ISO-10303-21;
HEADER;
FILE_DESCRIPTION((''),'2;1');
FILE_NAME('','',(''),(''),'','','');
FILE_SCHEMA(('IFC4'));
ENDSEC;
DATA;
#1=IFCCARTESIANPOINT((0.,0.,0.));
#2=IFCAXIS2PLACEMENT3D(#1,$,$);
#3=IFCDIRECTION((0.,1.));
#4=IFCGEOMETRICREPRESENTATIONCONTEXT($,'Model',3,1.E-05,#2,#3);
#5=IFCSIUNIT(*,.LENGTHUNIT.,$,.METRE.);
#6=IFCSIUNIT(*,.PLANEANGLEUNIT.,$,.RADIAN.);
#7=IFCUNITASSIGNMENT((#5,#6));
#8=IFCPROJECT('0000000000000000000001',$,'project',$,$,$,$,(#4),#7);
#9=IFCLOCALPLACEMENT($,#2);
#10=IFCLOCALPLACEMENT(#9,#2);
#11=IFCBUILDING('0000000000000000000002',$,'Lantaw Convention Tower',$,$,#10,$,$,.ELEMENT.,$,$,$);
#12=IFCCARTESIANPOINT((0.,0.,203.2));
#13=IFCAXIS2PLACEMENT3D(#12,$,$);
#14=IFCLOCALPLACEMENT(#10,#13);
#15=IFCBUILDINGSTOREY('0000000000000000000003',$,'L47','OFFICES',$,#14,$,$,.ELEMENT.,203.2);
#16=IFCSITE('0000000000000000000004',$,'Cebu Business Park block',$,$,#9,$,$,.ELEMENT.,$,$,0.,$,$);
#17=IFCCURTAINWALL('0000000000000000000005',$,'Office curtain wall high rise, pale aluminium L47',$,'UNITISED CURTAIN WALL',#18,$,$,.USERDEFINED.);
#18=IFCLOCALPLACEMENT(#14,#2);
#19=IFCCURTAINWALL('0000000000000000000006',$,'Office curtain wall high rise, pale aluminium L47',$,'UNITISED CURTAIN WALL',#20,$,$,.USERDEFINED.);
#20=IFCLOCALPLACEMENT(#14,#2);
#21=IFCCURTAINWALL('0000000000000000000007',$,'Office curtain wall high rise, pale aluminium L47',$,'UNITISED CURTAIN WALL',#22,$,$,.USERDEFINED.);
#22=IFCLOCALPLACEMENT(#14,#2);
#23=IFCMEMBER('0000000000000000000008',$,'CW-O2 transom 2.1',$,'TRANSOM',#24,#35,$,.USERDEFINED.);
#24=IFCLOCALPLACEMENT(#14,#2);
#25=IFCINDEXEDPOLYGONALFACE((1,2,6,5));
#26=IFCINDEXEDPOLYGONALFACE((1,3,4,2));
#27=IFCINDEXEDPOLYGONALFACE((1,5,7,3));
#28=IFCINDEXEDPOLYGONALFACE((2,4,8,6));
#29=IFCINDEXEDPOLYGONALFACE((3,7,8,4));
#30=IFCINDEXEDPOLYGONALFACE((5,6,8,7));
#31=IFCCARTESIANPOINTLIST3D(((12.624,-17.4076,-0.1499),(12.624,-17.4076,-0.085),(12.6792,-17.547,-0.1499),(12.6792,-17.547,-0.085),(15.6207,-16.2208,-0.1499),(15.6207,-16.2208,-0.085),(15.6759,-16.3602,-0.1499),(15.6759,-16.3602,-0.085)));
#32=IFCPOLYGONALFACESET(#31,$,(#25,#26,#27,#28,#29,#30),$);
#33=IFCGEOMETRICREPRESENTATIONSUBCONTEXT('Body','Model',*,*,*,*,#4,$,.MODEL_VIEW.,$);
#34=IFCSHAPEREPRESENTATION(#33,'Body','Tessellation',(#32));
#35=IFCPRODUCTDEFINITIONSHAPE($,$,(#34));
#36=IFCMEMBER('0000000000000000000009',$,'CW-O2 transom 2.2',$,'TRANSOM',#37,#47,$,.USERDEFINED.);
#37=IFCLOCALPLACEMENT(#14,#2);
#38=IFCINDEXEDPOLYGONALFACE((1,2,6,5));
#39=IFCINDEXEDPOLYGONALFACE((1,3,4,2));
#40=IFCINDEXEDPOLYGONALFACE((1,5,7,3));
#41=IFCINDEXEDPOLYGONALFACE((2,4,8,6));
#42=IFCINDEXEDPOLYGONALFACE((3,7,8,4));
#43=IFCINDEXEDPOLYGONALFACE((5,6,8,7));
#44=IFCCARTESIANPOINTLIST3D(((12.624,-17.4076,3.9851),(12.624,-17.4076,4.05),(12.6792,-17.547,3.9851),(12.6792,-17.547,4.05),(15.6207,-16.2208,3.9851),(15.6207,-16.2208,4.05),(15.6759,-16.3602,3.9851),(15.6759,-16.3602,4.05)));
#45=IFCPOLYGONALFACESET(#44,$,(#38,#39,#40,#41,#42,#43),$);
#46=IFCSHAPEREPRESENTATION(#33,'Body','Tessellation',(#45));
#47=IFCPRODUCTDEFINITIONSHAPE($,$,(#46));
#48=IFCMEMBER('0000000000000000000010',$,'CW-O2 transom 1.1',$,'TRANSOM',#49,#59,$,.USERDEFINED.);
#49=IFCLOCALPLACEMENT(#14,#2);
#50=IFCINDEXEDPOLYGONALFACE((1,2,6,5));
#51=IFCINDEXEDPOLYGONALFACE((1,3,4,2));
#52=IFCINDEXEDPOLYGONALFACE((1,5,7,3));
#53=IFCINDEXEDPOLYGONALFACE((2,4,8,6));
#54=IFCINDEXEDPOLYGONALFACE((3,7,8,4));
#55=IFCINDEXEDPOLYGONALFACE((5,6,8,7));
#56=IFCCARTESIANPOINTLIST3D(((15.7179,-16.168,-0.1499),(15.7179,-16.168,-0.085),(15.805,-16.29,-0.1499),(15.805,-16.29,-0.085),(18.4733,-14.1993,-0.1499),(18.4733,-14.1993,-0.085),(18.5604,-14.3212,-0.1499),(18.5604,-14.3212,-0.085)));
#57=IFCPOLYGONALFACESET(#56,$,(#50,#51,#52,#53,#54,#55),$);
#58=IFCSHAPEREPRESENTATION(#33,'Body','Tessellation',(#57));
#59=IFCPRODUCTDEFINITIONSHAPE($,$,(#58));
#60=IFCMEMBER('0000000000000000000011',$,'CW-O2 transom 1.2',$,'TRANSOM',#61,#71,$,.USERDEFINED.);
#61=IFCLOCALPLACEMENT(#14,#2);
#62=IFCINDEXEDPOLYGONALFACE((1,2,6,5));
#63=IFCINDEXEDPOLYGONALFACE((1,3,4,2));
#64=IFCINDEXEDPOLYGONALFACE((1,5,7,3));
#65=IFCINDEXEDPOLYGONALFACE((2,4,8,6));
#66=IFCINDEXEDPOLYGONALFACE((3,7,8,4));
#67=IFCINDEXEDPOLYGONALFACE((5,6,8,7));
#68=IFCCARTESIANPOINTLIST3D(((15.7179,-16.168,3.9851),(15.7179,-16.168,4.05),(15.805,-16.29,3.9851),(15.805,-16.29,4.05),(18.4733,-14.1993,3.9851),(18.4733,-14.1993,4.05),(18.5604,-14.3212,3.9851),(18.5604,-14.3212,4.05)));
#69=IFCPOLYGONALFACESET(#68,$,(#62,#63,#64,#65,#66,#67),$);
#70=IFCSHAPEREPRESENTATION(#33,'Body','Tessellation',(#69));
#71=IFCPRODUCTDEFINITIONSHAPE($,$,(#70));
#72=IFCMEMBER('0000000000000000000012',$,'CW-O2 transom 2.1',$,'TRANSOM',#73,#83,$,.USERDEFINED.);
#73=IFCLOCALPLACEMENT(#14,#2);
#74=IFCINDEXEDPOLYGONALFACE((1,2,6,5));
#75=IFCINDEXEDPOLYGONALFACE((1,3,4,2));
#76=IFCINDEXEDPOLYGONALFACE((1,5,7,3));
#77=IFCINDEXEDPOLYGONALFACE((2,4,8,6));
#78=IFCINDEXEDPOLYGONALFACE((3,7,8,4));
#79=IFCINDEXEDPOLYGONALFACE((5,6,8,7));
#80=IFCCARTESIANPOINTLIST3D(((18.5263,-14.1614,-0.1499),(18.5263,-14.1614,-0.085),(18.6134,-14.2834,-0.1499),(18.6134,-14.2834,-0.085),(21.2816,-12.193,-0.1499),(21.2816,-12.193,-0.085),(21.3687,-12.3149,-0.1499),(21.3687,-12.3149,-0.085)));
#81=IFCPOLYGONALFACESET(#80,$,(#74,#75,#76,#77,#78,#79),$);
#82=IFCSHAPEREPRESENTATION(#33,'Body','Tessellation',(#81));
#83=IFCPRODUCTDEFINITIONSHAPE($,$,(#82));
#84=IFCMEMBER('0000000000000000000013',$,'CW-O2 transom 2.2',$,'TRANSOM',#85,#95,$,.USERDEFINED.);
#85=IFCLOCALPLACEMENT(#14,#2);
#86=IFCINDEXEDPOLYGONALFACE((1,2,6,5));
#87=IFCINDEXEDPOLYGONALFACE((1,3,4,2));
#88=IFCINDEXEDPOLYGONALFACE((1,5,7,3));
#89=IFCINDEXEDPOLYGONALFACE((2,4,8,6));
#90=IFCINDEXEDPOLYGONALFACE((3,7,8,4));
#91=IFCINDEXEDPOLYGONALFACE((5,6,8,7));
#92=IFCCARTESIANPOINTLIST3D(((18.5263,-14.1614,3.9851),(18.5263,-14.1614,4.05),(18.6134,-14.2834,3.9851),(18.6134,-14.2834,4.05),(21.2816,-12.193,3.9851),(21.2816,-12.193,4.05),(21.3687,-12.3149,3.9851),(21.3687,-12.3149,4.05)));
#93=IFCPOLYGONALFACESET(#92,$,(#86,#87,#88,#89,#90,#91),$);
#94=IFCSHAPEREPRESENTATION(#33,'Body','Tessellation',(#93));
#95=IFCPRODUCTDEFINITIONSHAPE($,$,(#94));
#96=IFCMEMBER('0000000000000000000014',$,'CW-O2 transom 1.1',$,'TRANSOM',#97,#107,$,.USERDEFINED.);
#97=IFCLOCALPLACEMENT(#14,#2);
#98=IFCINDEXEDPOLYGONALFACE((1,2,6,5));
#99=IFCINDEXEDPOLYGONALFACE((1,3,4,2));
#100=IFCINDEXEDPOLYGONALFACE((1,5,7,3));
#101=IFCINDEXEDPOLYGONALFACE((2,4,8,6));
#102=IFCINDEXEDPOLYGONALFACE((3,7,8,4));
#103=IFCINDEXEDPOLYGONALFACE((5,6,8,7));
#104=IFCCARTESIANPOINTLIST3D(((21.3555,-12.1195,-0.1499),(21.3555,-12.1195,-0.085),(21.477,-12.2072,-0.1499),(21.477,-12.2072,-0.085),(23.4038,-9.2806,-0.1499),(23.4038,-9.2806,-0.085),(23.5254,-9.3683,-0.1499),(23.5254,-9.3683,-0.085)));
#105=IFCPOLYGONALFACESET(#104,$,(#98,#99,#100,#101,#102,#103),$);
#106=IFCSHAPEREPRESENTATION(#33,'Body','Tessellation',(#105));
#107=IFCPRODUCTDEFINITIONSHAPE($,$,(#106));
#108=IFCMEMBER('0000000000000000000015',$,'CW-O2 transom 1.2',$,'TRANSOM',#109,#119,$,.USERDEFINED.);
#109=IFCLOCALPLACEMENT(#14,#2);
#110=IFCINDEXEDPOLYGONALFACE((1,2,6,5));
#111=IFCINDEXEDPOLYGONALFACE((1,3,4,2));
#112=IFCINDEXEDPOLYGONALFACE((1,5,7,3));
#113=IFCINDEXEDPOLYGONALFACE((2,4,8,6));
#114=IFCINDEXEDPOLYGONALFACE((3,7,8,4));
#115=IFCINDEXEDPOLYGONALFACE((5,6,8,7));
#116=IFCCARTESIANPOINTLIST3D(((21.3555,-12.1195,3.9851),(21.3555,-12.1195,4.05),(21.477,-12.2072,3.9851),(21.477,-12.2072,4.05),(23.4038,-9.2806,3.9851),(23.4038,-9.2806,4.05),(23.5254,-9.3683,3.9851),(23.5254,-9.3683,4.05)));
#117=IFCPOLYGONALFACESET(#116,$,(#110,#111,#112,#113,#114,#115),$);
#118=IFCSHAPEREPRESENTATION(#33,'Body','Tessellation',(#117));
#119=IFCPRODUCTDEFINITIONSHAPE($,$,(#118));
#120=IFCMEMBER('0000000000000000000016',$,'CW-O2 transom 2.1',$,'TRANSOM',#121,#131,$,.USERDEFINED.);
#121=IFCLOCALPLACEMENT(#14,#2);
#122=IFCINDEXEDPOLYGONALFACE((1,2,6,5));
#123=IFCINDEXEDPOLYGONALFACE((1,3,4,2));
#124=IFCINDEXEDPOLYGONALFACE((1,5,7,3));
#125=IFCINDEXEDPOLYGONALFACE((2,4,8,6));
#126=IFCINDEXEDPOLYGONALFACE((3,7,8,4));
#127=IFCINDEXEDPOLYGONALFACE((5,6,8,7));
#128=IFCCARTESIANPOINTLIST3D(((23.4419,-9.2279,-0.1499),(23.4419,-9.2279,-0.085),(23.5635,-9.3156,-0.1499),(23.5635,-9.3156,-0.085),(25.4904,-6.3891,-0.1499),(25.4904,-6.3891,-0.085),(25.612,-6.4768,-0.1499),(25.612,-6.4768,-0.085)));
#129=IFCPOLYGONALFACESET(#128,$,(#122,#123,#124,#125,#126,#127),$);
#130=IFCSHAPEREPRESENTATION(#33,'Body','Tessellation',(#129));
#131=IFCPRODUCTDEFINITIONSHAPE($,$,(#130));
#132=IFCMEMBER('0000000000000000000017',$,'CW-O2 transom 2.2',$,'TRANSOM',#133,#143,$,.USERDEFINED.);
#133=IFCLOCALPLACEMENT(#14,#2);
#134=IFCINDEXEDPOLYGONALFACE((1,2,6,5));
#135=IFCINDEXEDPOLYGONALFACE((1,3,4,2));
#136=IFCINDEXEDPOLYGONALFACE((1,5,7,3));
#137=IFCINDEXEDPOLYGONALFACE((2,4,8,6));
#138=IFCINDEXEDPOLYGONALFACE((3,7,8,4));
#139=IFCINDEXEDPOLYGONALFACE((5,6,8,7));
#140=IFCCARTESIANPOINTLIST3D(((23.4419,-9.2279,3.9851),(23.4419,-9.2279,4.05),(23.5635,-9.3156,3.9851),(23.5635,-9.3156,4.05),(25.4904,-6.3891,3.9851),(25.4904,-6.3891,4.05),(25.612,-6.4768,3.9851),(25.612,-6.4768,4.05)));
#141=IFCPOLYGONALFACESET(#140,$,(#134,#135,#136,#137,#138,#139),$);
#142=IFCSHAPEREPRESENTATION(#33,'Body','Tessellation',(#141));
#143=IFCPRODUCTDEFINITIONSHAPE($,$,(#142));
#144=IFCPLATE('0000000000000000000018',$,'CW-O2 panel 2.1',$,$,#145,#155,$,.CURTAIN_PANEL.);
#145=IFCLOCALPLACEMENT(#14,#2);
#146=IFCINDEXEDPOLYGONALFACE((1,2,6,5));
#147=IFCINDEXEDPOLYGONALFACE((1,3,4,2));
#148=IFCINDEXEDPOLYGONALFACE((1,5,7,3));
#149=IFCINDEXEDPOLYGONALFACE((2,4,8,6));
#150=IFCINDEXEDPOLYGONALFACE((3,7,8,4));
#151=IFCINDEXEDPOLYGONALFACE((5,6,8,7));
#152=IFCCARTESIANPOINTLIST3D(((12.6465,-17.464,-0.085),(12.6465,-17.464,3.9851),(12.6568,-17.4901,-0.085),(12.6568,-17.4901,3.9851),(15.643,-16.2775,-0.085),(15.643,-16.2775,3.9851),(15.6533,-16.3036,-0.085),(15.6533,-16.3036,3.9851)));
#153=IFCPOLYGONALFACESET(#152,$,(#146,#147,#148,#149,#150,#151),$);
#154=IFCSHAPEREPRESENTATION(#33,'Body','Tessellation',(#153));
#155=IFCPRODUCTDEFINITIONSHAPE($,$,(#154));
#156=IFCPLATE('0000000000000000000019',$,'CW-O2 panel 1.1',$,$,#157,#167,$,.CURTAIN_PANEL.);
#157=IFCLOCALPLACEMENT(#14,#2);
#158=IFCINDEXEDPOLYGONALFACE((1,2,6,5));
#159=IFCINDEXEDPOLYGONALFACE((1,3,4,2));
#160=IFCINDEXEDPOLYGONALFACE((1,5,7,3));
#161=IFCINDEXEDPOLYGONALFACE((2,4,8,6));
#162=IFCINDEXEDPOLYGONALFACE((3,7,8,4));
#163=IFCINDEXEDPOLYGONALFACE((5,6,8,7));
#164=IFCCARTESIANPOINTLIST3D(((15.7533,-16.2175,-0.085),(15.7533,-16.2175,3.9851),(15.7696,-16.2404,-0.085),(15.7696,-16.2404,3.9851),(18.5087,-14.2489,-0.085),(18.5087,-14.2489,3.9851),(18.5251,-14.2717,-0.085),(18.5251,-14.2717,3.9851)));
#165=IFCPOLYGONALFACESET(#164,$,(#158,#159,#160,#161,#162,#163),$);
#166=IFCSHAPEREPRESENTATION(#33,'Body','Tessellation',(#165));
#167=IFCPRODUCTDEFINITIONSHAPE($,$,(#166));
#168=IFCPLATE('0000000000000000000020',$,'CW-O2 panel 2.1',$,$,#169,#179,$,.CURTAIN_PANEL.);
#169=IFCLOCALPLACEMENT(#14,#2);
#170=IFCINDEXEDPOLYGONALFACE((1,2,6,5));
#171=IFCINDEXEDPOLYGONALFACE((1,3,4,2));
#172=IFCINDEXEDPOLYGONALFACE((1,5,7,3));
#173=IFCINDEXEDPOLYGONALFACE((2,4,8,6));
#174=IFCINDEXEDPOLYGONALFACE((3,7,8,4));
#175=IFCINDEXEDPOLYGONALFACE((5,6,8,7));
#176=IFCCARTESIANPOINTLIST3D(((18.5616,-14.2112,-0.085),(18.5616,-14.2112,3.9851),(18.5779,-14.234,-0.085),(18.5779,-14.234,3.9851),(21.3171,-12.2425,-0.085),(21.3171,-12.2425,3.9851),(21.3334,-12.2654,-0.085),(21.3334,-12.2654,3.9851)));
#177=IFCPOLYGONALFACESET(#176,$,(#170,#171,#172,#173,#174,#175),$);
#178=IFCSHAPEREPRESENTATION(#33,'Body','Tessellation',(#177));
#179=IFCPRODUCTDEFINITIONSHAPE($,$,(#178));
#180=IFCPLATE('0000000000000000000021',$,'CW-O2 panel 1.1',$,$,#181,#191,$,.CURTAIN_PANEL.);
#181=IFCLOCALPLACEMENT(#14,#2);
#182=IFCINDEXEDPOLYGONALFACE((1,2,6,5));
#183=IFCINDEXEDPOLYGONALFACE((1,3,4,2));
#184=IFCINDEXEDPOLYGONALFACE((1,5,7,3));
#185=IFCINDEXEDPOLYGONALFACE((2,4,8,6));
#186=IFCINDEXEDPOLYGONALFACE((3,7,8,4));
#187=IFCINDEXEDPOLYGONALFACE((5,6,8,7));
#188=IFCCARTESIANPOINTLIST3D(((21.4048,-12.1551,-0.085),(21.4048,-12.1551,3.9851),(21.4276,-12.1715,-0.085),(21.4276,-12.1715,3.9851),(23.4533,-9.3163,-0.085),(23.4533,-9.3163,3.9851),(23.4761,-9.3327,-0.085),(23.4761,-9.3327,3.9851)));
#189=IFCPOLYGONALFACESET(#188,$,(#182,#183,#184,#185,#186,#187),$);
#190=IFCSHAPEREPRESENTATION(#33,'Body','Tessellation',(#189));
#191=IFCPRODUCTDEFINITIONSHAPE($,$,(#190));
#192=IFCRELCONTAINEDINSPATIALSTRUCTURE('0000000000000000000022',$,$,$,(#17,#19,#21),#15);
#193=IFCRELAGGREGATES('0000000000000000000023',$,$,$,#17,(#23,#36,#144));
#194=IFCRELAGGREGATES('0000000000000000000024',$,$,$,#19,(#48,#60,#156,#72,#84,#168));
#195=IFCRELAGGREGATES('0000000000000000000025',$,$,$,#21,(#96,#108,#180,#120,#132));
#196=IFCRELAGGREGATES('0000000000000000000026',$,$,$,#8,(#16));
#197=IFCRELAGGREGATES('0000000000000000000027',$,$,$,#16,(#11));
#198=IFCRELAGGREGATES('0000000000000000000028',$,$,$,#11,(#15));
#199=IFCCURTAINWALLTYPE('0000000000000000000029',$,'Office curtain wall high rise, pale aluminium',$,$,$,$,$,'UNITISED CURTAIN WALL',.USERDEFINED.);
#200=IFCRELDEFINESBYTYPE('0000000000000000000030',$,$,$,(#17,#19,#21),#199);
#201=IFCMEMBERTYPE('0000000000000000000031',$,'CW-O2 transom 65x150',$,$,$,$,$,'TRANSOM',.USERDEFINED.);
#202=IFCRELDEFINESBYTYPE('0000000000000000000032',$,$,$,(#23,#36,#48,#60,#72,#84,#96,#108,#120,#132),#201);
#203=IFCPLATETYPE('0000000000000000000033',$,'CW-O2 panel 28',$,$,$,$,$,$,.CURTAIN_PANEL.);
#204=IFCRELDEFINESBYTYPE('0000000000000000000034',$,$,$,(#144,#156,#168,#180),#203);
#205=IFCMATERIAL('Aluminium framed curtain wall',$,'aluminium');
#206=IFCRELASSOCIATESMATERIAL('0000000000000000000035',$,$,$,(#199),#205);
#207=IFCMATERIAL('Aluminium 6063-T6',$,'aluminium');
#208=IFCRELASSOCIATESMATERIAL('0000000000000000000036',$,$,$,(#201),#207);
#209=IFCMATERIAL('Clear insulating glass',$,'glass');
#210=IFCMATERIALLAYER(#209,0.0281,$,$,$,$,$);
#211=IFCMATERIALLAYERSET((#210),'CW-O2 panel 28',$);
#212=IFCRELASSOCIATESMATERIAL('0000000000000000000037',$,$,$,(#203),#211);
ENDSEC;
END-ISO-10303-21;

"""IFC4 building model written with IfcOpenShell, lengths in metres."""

from ifc_helpers import new_model, si_unit, direction, frame, origin, origin_2d, place, context, subcontext, project, spatial, rectangle, extrude, material, layer, layer_set, material_profile, profile_set, type_object, element, aggregate, save


model = new_model("IFC4")

# Units and contexts
model_context = context("Model", 3, precision=1e-05, world=origin(), true_north=direction((0.0, 1.0)))
body_context = subcontext(model_context, "Body", "Model", "MODEL_VIEW")
ifc_project = project(units=[si_unit("LENGTHUNIT", "METRE"), si_unit("PLANEANGLEUNIT", "RADIAN")], contexts=[model_context])

# Site, building, storey
site_placement = place(None, origin())
site = spatial("IfcSite", under=ifc_project, at=site_placement, Name="Cebu Business Park block", CompositionType="ELEMENT", RefElevation=0.0)
building_placement = place(site_placement, origin())
building = spatial("IfcBuilding", under=site, at=building_placement, Name="Lantaw Convention Tower", CompositionType="ELEMENT")
storey_placement = place(building_placement, frame((0.0, 0.0, 203.2)))
storey = spatial("IfcBuildingStorey", under=building, at=storey_placement, Name="L47", Description="OFFICES", CompositionType="ELEMENT", Elevation=203.2)

# Curtain walls
ifc_material_1 = material(Name="Aluminium framed curtain wall", Category="aluminium")
curtain_wall_type = type_object("IfcCurtainWallType", Name="Office curtain wall high rise, pale aluminium", ElementType="UNITISED CURTAIN WALL", PredefinedType="USERDEFINED", material=ifc_material_1)
curtain_wall_1_placement = place(storey_placement, origin())
curtain_wall_1 = element("IfcCurtainWall", 1, at=curtain_wall_1_placement, inside=storey, type_object=curtain_wall_type, Name="Office curtain wall high rise, pale aluminium L47", ObjectType="UNITISED CURTAIN WALL", PredefinedType="USERDEFINED")
ifc_material_2 = material(Name="Aluminium 6063-T6", Category="aluminium")
curtain_wall_2_placement = place(storey_placement, origin())
curtain_wall_2 = element("IfcCurtainWall", 2, at=curtain_wall_2_placement, inside=storey, type_object=curtain_wall_type, Name="Office curtain wall high rise, pale aluminium L47", ObjectType="UNITISED CURTAIN WALL", PredefinedType="USERDEFINED")
curtain_wall_3_placement = place(storey_placement, origin())
curtain_wall_3 = element("IfcCurtainWall", 3, at=curtain_wall_3_placement, inside=storey, type_object=curtain_wall_type, Name="Office curtain wall high rise, pale aluminium L47", ObjectType="UNITISED CURTAIN WALL", PredefinedType="USERDEFINED")

# Members
ifc_material_profile_1 = material_profile(ifc_material_2, rectangle(XDim=0.1499, YDim=0.0649, at=origin_2d()), Name="CW-O2 transom 65x150")
ifc_profile_set_1 = profile_set([ifc_material_profile_1], Name="Aluminium 6063-T6")
member_type_1 = type_object("IfcMemberType", Name="CW-O2 transom 65x150", ElementType="TRANSOM", PredefinedType="USERDEFINED", material=ifc_profile_set_1)
member_1_placement = place(storey_placement, frame((12.6516, -17.4773, -0.1174), z_axis=(0.929741, 0.368215, 0.0), x_axis=(-0.368215, 0.929741, 0.0)))
member_1 = element("IfcMember", 4, at=member_1_placement, type_object=member_type_1, Name="CW-O2 transom 2.1", ObjectType="TRANSOM", PredefinedType="USERDEFINED", context=body_context, shape_type="SweptSolid", body=[
    extrude(rectangle(XDim=0.1499, YDim=0.0649, at=origin_2d()), origin(), (0.0, 0.0, 1.0), 3.2231),
])
member_2_placement = place(storey_placement, frame((12.6516, -17.4773, 4.0176), z_axis=(0.929741, 0.368215, 0.0), x_axis=(-0.368215, 0.929741, 0.0)))
member_2 = element("IfcMember", 5, at=member_2_placement, type_object=member_type_1, Name="CW-O2 transom 2.2", ObjectType="TRANSOM", PredefinedType="USERDEFINED", context=body_context, shape_type="SweptSolid", body=[
    extrude(rectangle(XDim=0.1499, YDim=0.0649, at=origin_2d()), origin(), (0.0, 0.0, 1.0), 3.2231),
])
member_3_placement = place(storey_placement, frame((15.7615, -16.229, -0.1174), z_axis=(0.813646, 0.581361, 0.0), x_axis=(-0.581361, 0.813646, 0.0)))
member_3 = element("IfcMember", 6, at=member_3_placement, type_object=member_type_1, Name="CW-O2 transom 1.1", ObjectType="TRANSOM", PredefinedType="USERDEFINED", context=body_context, shape_type="SweptSolid", body=[
    extrude(rectangle(XDim=0.1499, YDim=0.0649, at=origin_2d()), origin(), (0.0, 0.0, 1.0), 3.3865),
])
member_4_placement = place(storey_placement, frame((15.7615, -16.229, 4.0176), z_axis=(0.813646, 0.581361, 0.0), x_axis=(-0.581361, 0.813646, 0.0)))
member_4 = element("IfcMember", 7, at=member_4_placement, type_object=member_type_1, Name="CW-O2 transom 1.2", ObjectType="TRANSOM", PredefinedType="USERDEFINED", context=body_context, shape_type="SweptSolid", body=[
    extrude(rectangle(XDim=0.1499, YDim=0.0649, at=origin_2d()), origin(), (0.0, 0.0, 1.0), 3.3865),
])
member_5_placement = place(storey_placement, frame((18.5698, -14.2224, -0.1174), z_axis=(0.81368, 0.581313, 0.0), x_axis=(-0.581313, 0.81368, 0.0)))
member_5 = element("IfcMember", 8, at=member_5_placement, type_object=member_type_1, Name="CW-O2 transom 2.1", ObjectType="TRANSOM", PredefinedType="USERDEFINED", context=body_context, shape_type="SweptSolid", body=[
    extrude(rectangle(XDim=0.1499, YDim=0.0649, at=origin_2d()), origin(), (0.0, 0.0, 1.0), 3.3862),
])
member_6_placement = place(storey_placement, frame((18.5698, -14.2224, 4.0176), z_axis=(0.81368, 0.581313, 0.0), x_axis=(-0.581313, 0.81368, 0.0)))
member_6 = element("IfcMember", 9, at=member_6_placement, type_object=member_type_1, Name="CW-O2 transom 2.2", ObjectType="TRANSOM", PredefinedType="USERDEFINED", context=body_context, shape_type="SweptSolid", body=[
    extrude(rectangle(XDim=0.1499, YDim=0.0649, at=origin_2d()), origin(), (0.0, 0.0, 1.0), 3.3862),
])
member_7_placement = place(storey_placement, frame((21.4163, -12.1633, -0.1174), z_axis=(0.585124, 0.810944, 0.0), x_axis=(-0.810944, 0.585124, 0.0)))
member_7 = element("IfcMember", 10, at=member_7_placement, type_object=member_type_1, Name="CW-O2 transom 1.1", ObjectType="TRANSOM", PredefinedType="USERDEFINED", context=body_context, shape_type="SweptSolid", body=[
    extrude(rectangle(XDim=0.1499, YDim=0.0649, at=origin_2d()), origin(), (0.0, 0.0, 1.0), 3.5007),
])
member_8_placement = place(storey_placement, frame((21.4163, -12.1633, 4.0176), z_axis=(0.585124, 0.810944, 0.0), x_axis=(-0.810944, 0.585124, 0.0)))
member_8 = element("IfcMember", 11, at=member_8_placement, type_object=member_type_1, Name="CW-O2 transom 1.2", ObjectType="TRANSOM", PredefinedType="USERDEFINED", context=body_context, shape_type="SweptSolid", body=[
    extrude(rectangle(XDim=0.1499, YDim=0.0649, at=origin_2d()), origin(), (0.0, 0.0, 1.0), 3.5007),
])
member_9_placement = place(storey_placement, frame((23.5027, -9.2717, -0.1174), z_axis=(0.58517, 0.810911, 0.0), x_axis=(-0.810911, 0.58517, 0.0)))
member_9 = element("IfcMember", 12, at=member_9_placement, type_object=member_type_1, Name="CW-O2 transom 2.1", ObjectType="TRANSOM", PredefinedType="USERDEFINED", context=body_context, shape_type="SweptSolid", body=[
    extrude(rectangle(XDim=0.1499, YDim=0.0649, at=origin_2d()), origin(), (0.0, 0.0, 1.0), 3.5007),
])
member_10_placement = place(storey_placement, frame((23.5027, -9.2717, 4.0176), z_axis=(0.58517, 0.810911, 0.0), x_axis=(-0.810911, 0.58517, 0.0)))
member_10 = element("IfcMember", 13, at=member_10_placement, type_object=member_type_1, Name="CW-O2 transom 2.2", ObjectType="TRANSOM", PredefinedType="USERDEFINED", context=body_context, shape_type="SweptSolid", body=[
    extrude(rectangle(XDim=0.1499, YDim=0.0649, at=origin_2d()), origin(), (0.0, 0.0, 1.0), 3.5007),
])

# Plates
ifc_material_3 = material(Name="Clear insulating glass", Category="glass")
ifc_layer_1 = layer(ifc_material_3, 0.0281)
ifc_layer_set_1 = layer_set([ifc_layer_1], Name="CW-O2 panel 28")
plate_type_1 = type_object("IfcPlateType", Name="CW-O2 panel 28", PredefinedType="CURTAIN_PANEL", material=ifc_layer_set_1)
plate_1_placement = place(storey_placement, frame((14.1499, -16.8838, -0.085), z_axis=(0.0, 0.0, 1.0), x_axis=(0.929762, 0.368162, 0.0)))
plate_1 = element("IfcPlate", 14, at=plate_1_placement, type_object=plate_type_1, Name="CW-O2 panel 2.1", PredefinedType="CURTAIN_PANEL", context=body_context, shape_type="SweptSolid", body=[
    extrude(rectangle(XDim=3.2229, YDim=0.0281, at=origin_2d()), origin(), (0.0, 0.0, 1.0), 4.0701),
])
aggregate(curtain_wall_1, [member_1, member_2, plate_1])
plate_2_placement = place(storey_placement, frame((17.1392, -15.2446, -0.085), z_axis=(0.0, 0.0, 1.0), x_axis=(0.813673, 0.581323, 0.0)))
plate_2 = element("IfcPlate", 15, at=plate_2_placement, type_object=plate_type_1, Name="CW-O2 panel 1.1", PredefinedType="CURTAIN_PANEL", context=body_context, shape_type="SweptSolid", body=[
    extrude(rectangle(XDim=3.3865, YDim=0.0281, at=origin_2d()), origin(), (0.0, 0.0, 1.0), 4.0701),
])
plate_3_placement = place(storey_placement, frame((19.9475, -13.2383, -0.085), z_axis=(0.0, 0.0, 1.0), x_axis=(0.813673, 0.581323, 0.0)))
plate_3 = element("IfcPlate", 16, at=plate_3_placement, type_object=plate_type_1, Name="CW-O2 panel 2.1", PredefinedType="CURTAIN_PANEL", context=body_context, shape_type="SweptSolid", body=[
    extrude(rectangle(XDim=3.3865, YDim=0.0281, at=origin_2d()), origin(), (0.0, 0.0, 1.0), 4.0701),
])
aggregate(curtain_wall_2, [member_3, member_4, plate_2, member_5, member_6, plate_3])
plate_4_placement = place(storey_placement, frame((22.4404, -10.7439, -0.085), z_axis=(0.0, 0.0, 1.0), x_axis=(0.585158, 0.81092, 0.0)))
plate_4 = element("IfcPlate", 17, at=plate_4_placement, type_object=plate_type_1, Name="CW-O2 panel 1.1", PredefinedType="CURTAIN_PANEL", context=body_context, shape_type="SweptSolid", body=[
    extrude(rectangle(XDim=3.5007, YDim=0.0281, at=origin_2d()), origin(), (0.0, 0.0, 1.0), 4.0701),
])
aggregate(curtain_wall_3, [member_7, member_8, plate_4, member_9, member_10])

save(model, "model.ifc")
